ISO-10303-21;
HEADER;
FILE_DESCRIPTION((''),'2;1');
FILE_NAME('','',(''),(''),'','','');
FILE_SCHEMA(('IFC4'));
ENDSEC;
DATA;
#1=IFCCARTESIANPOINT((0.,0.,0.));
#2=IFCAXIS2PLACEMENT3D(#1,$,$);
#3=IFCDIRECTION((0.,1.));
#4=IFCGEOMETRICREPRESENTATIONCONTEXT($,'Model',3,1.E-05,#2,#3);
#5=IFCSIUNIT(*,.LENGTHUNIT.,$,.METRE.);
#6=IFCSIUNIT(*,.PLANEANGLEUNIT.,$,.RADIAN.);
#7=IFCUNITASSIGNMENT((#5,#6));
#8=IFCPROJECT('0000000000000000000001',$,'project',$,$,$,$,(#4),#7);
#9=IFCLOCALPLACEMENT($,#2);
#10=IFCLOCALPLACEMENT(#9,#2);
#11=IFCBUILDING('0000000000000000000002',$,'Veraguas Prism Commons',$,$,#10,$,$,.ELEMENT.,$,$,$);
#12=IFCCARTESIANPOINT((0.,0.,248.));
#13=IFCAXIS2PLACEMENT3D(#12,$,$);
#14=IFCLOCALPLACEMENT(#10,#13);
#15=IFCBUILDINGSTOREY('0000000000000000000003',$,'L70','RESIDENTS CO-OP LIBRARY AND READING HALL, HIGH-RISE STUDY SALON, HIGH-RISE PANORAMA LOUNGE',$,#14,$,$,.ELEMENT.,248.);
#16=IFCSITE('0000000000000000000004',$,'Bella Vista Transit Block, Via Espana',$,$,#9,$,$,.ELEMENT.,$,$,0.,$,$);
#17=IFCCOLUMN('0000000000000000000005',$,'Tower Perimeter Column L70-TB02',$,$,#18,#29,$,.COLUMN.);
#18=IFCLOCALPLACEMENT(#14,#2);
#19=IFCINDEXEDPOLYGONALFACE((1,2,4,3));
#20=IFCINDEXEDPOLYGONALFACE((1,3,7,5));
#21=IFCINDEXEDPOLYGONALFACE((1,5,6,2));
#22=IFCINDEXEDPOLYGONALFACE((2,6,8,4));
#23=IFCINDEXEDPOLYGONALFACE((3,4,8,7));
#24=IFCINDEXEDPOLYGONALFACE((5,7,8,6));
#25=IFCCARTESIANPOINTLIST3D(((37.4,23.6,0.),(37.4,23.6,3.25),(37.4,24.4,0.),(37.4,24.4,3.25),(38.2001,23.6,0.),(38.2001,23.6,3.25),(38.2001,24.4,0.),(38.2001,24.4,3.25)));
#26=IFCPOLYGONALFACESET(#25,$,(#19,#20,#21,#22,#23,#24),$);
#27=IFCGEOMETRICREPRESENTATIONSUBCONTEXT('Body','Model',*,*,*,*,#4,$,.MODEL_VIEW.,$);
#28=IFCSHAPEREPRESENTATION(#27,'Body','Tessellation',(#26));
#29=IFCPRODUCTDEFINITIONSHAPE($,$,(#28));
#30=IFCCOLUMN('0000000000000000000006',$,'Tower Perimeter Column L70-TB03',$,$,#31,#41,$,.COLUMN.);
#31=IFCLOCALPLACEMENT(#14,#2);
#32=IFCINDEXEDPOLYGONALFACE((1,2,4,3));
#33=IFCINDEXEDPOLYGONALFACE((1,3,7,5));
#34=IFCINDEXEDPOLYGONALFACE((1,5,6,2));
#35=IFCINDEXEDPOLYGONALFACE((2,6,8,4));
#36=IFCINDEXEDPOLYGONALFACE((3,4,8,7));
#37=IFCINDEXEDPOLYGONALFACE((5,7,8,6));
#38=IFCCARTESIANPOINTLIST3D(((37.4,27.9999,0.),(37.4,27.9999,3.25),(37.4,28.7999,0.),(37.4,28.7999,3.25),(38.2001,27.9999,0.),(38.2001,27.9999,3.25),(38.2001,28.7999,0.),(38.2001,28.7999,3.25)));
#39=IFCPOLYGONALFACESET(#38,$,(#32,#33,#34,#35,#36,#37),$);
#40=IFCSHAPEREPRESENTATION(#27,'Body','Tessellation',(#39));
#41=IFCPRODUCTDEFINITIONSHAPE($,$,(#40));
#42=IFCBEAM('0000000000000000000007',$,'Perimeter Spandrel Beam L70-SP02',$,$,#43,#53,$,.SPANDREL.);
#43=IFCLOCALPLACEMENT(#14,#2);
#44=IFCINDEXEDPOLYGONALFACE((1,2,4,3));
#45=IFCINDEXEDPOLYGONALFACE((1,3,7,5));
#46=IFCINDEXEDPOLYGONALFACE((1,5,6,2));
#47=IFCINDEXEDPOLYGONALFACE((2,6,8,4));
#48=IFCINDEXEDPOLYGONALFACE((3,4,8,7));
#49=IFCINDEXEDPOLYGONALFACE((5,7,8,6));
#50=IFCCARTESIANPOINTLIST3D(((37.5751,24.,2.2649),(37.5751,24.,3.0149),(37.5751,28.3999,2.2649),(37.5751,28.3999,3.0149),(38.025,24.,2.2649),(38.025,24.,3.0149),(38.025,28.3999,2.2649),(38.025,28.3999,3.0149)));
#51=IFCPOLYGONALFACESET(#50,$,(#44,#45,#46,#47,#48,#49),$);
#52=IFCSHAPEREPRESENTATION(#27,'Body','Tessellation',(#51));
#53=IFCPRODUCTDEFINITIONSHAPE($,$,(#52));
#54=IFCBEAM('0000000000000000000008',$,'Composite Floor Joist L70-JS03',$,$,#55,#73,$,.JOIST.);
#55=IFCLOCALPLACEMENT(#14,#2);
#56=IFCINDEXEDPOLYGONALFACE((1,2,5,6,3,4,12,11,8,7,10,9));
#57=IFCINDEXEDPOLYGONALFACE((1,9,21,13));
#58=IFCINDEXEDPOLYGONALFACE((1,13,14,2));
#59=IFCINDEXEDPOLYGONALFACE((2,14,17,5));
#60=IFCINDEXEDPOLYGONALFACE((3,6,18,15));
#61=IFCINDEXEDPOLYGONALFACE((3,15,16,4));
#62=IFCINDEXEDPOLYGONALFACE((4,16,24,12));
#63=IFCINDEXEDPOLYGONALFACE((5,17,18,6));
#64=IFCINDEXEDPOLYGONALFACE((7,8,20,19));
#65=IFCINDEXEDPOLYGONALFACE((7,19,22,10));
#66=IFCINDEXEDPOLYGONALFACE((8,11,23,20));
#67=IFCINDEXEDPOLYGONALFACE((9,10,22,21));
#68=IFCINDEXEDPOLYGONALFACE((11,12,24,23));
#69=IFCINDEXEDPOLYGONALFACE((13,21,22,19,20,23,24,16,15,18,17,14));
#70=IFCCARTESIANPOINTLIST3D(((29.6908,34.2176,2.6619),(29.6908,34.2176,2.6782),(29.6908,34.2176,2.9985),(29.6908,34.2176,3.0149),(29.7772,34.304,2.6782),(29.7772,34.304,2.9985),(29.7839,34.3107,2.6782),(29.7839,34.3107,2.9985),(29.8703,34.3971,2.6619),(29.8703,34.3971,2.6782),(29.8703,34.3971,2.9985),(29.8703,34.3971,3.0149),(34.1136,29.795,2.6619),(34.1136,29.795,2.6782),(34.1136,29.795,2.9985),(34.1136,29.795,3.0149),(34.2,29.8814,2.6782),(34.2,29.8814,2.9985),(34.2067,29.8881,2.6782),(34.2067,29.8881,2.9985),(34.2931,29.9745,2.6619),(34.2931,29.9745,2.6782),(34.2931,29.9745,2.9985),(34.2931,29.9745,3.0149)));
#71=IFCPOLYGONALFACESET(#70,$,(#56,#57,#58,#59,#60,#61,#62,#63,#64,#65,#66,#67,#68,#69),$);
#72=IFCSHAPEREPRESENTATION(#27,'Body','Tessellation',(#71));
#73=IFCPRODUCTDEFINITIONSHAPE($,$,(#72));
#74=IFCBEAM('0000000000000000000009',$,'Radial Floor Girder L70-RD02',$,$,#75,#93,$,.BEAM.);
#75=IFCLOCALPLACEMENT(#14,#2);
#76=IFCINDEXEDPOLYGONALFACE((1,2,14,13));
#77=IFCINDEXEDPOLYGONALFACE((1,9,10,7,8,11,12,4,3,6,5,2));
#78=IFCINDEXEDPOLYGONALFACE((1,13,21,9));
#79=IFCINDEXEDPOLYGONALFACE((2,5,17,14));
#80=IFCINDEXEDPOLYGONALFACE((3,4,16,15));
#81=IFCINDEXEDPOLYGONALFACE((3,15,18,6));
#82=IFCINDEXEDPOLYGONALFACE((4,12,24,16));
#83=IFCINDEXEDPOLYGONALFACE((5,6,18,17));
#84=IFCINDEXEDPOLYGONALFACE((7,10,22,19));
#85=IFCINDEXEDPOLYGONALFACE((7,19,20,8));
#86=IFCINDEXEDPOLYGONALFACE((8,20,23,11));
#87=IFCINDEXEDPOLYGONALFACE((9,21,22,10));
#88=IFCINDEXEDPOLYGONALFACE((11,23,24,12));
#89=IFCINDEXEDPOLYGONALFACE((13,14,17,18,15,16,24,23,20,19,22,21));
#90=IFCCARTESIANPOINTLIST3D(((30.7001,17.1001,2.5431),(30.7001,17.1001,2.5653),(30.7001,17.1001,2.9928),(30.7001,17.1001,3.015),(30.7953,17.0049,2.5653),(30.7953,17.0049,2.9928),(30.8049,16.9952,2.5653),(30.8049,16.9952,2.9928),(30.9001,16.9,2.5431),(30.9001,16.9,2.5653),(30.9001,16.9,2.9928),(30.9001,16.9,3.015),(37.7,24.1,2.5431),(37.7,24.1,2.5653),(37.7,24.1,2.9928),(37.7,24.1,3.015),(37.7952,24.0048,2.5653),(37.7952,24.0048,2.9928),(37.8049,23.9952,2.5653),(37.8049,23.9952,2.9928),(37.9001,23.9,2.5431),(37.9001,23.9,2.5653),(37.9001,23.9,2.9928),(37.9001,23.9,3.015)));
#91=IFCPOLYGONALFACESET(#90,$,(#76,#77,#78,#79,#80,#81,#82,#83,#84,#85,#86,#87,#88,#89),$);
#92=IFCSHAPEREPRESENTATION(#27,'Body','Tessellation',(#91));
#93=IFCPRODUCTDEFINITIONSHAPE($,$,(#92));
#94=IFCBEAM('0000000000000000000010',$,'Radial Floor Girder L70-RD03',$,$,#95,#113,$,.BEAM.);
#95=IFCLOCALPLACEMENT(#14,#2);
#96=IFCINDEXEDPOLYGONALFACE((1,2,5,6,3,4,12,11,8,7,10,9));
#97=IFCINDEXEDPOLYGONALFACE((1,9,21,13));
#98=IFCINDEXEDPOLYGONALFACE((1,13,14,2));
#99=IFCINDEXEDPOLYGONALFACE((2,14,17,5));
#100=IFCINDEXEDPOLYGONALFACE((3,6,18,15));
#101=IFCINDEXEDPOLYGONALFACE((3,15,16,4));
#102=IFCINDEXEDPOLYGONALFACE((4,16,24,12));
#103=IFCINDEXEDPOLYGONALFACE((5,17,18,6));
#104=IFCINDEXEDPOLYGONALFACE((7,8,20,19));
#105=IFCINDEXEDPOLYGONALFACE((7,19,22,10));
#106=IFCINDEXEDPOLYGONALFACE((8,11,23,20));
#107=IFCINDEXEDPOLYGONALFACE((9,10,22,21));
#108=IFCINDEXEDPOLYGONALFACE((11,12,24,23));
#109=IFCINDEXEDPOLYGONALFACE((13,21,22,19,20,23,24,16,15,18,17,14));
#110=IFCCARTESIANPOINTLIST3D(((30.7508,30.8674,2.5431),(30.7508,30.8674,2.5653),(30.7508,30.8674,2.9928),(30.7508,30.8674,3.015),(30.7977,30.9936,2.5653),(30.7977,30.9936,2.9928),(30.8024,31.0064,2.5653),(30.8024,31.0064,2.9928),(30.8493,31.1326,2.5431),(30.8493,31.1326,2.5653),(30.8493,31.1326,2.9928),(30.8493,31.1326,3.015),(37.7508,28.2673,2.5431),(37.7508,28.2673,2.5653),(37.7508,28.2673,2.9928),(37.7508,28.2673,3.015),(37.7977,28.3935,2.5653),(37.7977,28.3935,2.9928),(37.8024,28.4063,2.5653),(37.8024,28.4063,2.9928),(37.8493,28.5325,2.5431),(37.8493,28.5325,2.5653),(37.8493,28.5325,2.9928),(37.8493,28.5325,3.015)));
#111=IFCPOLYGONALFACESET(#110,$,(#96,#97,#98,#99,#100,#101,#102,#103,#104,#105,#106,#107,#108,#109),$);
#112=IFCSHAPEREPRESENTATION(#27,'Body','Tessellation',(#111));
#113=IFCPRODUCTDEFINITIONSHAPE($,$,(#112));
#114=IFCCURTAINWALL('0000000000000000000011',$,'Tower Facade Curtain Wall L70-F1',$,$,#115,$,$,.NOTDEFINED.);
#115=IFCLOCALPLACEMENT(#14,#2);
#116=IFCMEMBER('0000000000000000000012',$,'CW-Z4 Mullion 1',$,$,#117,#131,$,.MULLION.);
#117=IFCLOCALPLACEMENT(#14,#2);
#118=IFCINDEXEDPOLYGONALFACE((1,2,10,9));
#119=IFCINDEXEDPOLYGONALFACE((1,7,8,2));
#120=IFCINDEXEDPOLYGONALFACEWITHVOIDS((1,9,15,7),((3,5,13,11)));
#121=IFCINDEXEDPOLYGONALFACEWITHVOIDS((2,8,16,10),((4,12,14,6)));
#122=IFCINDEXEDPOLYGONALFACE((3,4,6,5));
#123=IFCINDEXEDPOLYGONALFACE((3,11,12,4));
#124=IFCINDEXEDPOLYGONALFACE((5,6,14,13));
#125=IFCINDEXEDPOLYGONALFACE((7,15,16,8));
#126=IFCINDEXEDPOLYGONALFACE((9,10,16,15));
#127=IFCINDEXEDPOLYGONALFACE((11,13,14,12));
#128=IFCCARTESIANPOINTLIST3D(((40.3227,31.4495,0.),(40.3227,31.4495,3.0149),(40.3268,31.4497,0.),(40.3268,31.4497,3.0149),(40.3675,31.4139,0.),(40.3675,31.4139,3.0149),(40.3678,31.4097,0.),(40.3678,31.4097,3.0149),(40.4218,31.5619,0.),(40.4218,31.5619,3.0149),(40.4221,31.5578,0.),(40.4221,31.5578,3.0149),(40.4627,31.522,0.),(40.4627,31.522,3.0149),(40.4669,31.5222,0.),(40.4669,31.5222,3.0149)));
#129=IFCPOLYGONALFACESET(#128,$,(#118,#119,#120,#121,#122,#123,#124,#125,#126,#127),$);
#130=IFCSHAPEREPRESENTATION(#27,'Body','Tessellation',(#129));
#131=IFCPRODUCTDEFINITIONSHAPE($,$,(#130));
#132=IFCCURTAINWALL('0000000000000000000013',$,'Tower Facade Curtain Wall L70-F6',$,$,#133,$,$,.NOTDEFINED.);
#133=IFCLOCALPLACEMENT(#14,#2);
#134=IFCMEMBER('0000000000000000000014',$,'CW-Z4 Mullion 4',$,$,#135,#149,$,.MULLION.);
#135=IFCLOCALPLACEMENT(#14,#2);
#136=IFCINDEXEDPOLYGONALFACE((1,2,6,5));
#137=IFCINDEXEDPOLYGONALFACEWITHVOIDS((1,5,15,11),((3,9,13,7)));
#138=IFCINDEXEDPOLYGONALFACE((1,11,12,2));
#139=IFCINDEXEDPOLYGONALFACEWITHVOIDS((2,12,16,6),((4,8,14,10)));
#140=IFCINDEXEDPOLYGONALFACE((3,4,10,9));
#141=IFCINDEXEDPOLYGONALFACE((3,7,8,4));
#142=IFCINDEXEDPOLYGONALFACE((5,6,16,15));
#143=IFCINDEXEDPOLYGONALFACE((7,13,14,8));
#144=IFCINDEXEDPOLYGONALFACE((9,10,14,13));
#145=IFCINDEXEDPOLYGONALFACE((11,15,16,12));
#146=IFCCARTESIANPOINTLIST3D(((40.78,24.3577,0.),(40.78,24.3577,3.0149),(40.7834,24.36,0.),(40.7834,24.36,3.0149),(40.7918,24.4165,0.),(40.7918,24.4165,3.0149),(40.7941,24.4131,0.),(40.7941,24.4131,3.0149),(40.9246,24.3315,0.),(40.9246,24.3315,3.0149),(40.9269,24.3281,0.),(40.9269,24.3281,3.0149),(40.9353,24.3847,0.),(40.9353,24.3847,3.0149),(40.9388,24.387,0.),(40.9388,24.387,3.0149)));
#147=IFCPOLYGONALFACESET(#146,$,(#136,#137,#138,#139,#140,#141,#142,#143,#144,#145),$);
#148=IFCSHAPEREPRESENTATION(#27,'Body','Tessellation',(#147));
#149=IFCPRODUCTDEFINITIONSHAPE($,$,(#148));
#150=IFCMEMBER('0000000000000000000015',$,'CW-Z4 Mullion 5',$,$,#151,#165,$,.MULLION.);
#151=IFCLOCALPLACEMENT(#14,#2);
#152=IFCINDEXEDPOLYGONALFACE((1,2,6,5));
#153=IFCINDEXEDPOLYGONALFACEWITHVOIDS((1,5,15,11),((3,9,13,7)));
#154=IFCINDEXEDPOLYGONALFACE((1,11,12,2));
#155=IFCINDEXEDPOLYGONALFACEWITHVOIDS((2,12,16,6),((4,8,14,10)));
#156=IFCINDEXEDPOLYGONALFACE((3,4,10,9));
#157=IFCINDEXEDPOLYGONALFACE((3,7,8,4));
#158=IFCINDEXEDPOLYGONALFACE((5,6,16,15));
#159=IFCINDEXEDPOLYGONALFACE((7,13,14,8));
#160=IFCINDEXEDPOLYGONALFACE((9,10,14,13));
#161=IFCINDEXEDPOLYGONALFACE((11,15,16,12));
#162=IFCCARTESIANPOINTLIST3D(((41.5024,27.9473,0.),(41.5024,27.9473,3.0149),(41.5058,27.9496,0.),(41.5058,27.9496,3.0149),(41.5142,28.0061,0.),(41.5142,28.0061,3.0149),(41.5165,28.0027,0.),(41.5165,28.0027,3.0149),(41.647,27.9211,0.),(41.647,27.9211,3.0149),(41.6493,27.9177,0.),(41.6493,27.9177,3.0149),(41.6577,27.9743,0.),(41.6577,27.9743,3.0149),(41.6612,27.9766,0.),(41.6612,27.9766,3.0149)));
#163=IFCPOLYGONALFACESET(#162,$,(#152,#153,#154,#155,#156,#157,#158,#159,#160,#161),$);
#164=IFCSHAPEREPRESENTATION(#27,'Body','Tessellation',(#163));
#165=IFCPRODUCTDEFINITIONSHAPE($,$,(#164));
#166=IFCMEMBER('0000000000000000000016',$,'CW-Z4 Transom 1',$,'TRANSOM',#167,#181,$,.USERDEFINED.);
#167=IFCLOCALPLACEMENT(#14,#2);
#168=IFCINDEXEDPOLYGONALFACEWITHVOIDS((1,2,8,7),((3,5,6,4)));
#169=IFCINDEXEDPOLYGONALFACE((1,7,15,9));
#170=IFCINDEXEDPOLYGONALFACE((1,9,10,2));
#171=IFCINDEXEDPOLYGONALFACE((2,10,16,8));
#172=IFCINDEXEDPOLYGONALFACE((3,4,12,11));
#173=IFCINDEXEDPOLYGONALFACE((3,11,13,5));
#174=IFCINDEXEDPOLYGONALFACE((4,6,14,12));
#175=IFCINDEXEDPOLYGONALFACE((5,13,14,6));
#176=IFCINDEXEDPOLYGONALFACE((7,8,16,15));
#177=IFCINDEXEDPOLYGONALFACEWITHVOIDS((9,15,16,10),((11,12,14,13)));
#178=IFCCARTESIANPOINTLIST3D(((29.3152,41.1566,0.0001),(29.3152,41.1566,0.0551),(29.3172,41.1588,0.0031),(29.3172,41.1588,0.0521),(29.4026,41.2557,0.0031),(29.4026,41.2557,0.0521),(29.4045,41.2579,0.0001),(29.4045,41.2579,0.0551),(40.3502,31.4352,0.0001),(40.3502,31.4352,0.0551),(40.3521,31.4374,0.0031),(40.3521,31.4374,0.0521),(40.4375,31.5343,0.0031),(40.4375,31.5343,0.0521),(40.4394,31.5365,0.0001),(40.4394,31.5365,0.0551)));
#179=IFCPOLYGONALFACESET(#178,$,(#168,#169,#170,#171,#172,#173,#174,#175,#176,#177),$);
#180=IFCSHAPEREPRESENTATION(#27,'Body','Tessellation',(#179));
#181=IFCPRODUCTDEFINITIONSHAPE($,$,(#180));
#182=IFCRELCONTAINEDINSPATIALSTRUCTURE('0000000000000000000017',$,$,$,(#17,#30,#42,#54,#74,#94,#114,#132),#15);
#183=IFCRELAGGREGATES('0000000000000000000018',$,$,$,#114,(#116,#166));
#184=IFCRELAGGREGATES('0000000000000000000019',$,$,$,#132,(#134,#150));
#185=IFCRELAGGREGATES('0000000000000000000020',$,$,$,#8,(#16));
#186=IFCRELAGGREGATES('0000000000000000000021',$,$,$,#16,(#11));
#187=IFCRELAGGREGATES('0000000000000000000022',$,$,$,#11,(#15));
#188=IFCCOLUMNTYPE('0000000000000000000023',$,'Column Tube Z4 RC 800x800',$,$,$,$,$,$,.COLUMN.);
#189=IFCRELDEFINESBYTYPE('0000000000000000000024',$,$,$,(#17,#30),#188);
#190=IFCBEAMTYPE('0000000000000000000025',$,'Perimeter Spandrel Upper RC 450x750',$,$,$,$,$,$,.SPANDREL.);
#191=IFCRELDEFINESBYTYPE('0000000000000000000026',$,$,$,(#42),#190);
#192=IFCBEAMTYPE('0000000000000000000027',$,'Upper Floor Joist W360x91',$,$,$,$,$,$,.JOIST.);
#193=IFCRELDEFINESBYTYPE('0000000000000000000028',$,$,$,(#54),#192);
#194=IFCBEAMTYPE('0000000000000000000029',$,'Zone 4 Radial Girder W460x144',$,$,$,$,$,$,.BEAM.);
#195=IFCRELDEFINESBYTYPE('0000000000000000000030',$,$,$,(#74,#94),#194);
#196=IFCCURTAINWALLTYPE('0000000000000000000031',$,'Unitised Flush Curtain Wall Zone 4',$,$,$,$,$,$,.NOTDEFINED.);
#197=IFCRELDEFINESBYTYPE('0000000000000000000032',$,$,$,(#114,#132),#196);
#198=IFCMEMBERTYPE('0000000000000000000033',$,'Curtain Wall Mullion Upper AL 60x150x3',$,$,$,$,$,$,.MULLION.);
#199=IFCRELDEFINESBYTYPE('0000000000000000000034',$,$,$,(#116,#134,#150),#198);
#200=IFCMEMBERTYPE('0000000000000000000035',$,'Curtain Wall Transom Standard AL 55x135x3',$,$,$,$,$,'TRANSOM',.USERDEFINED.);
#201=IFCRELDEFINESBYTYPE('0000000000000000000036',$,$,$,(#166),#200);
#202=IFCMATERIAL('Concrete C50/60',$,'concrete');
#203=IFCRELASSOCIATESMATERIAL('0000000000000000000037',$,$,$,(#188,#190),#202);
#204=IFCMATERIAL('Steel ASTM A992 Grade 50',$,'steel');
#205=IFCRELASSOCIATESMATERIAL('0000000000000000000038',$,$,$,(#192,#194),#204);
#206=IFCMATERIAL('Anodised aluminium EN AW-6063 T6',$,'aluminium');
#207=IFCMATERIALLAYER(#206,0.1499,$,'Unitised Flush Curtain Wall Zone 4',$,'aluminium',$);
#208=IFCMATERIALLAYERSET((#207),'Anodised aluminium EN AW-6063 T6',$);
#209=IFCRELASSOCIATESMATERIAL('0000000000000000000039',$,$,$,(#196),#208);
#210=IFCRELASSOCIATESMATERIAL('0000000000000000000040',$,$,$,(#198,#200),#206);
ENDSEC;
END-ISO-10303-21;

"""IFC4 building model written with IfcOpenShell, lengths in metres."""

from ifc_helpers import new_model, si_unit, direction, frame, origin, origin_2d, place, context, subcontext, project, spatial, rectangle, hollow_rectangle, i_section, extrude, source, transform, mapped, material, layer, layer_set, material_profile, profile_set, type_object, element, aggregate, save


model = new_model("IFC4")

# Units and contexts
model_context = context("Model", 3, precision=1e-05, world=origin(), true_north=direction((0.0, 1.0)))
body_context = subcontext(model_context, "Body", "Model", "MODEL_VIEW")
ifc_project = project(units=[si_unit("LENGTHUNIT", "METRE"), si_unit("PLANEANGLEUNIT", "RADIAN")], contexts=[model_context])

# Site, building, storey
site_placement = place(None, origin())
site = spatial("IfcSite", under=ifc_project, at=site_placement, Name="Bella Vista Transit Block, Via Espana", CompositionType="ELEMENT", RefElevation=0.0)
building_placement = place(site_placement, origin())
building = spatial("IfcBuilding", under=site, at=building_placement, Name="Veraguas Prism Commons", CompositionType="ELEMENT")
storey_placement = place(building_placement, frame((0.0, 0.0, 248.0)))
storey = spatial("IfcBuildingStorey", under=building, at=storey_placement, Name="L70", Description="RESIDENTS CO-OP LIBRARY AND READING HALL, HIGH-RISE STUDY SALON, HIGH-RISE PANORAMA LOUNGE", CompositionType="ELEMENT", Elevation=248.0)

# Columns
ifc_material_1 = material(Name="Concrete C50/60", Category="concrete")
ifc_material_profile_1 = material_profile(ifc_material_1, rectangle(XDim=0.8, YDim=0.8, at=origin_2d()), Name="RC800X800")
ifc_profile_set_1 = profile_set([ifc_material_profile_1], Name="Concrete C50/60")
column_type = type_object("IfcColumnType", Name="Column Tube Z4 RC 800x800", PredefinedType="COLUMN", material=ifc_profile_set_1)
for number, where, z_axis, x_axis, name in (
    (1, (37.8, 24.0, 0.0), (0.0, 0.0, 1.0), (1.0, 0.0, 0.0), "Tower Perimeter Column L70-TB02"),
    (2, (37.8, 28.3999, 0.0), (0.0, 0.0, 1.0), (1.0, 0.0, 0.0), "Tower Perimeter Column L70-TB03"),
):
    element("IfcColumn", number, at=place(storey_placement, frame(where, z_axis=z_axis, x_axis=x_axis)), inside=storey, type_object=column_type, Name=name, PredefinedType="COLUMN", context=body_context, shape_type="SweptSolid", body=[
        extrude(rectangle(XDim=0.8, YDim=0.8, at=origin_2d()), origin(), (0.0, 0.0, 1.0), 3.25),
    ])

# Beams
ifc_material_profile_2 = material_profile(ifc_material_1, rectangle(XDim=0.45, YDim=0.75, at=origin_2d()), Name="RC450X750")
ifc_profile_set_2 = profile_set([ifc_material_profile_2], Name="Concrete C50/60")
beam_type_1 = type_object("IfcBeamType", Name="Perimeter Spandrel Upper RC 450x750", PredefinedType="SPANDREL", material=ifc_profile_set_2)
beam_1_placement = place(storey_placement, frame((37.8, 24.0, 2.6399), z_axis=(0.0, 1.0, 0.0), x_axis=(-1.0, 0.0, 0.0)))
element("IfcBeam", 3, at=beam_1_placement, inside=storey, type_object=beam_type_1, Name="Perimeter Spandrel Beam L70-SP02", PredefinedType="SPANDREL", context=body_context, shape_type="SweptSolid", body=[
    extrude(rectangle(XDim=0.45, YDim=0.75, at=origin_2d()), origin(), (0.0, 0.0, 1.0), 4.3999),
])
ifc_material_2 = material(Name="Steel ASTM A992 Grade 50", Category="steel")
ifc_material_profile_3 = material_profile(ifc_material_2, i_section(OverallWidth=0.2539, OverallDepth=0.353, WebThickness=0.0095, FlangeThickness=0.0164, at=origin_2d()), Name="W360X91")
ifc_profile_set_3 = profile_set([ifc_material_profile_3], Name="Steel ASTM A992 Grade 50")
beam_type_2 = type_object("IfcBeamType", Name="Upper Floor Joist W360x91", PredefinedType="JOIST", material=ifc_profile_set_3)
beam_2_placement = place(storey_placement, frame((34.2034, 29.8848, 2.8384), z_axis=(-0.707126, 0.707087, 0.0), x_axis=(-0.707087, -0.707126, 0.0)))
element("IfcBeam", 4, at=beam_2_placement, inside=storey, type_object=beam_type_2, Name="Composite Floor Joist L70-JS03", PredefinedType="JOIST", context=body_context, shape_type="SweptSolid", body=[
    extrude(i_section(OverallWidth=0.2539, OverallDepth=0.353, WebThickness=0.0095, FlangeThickness=0.0164, at=origin_2d()), origin(), (0.0, 0.0, 1.0), 6.2546),
])
ifc_material_profile_4 = material_profile(ifc_material_2, i_section(OverallWidth=0.283, OverallDepth=0.4719, WebThickness=0.0137, FlangeThickness=0.0222, at=origin_2d()), Name="W460X144")
ifc_profile_set_4 = profile_set([ifc_material_profile_4], Name="Steel ASTM A992 Grade 50")
beam_type_3 = type_object("IfcBeamType", Name="Zone 4 Radial Girder W460x144", PredefinedType="BEAM", material=ifc_profile_set_4)
beam_3_placement = place(storey_placement, frame((37.8, 24.0, 2.7791), z_axis=(-0.707107, -0.707107, 0.0), x_axis=(0.707107, -0.707107, 0.0)))
element("IfcBeam", 5, at=beam_3_placement, inside=storey, type_object=beam_type_3, Name="Radial Floor Girder L70-RD02", PredefinedType="BEAM", context=body_context, shape_type="SweptSolid", body=[
    extrude(i_section(OverallWidth=0.283, OverallDepth=0.4719, WebThickness=0.0137, FlangeThickness=0.0222, at=origin_2d()), origin(), (0.0, 0.0, 1.0), 9.8994),
])
beam_4_placement = place(storey_placement, frame((37.8, 28.3999, 2.7791), z_axis=(-0.937421, 0.348198, 0.0), x_axis=(-0.348198, -0.937421, 0.0)))
element("IfcBeam", 6, at=beam_4_placement, inside=storey, type_object=beam_type_3, Name="Radial Floor Girder L70-RD03", PredefinedType="BEAM", context=body_context, shape_type="SweptSolid", body=[
    extrude(i_section(OverallWidth=0.283, OverallDepth=0.4719, WebThickness=0.0137, FlangeThickness=0.0222, at=origin_2d()), origin(), (0.0, 0.0, 1.0), 7.4673),
])

# Curtain wall, member
ifc_material_3 = material(Name="Anodised aluminium EN AW-6063 T6", Category="aluminium")
ifc_layer_1 = layer(ifc_material_3, 0.1499, Name="Unitised Flush Curtain Wall Zone 4", Category="aluminium")
ifc_layer_set_1 = layer_set([ifc_layer_1], Name="Anodised aluminium EN AW-6063 T6")
curtain_wall_type = type_object("IfcCurtainWallType", Name="Unitised Flush Curtain Wall Zone 4", PredefinedType="NOTDEFINED", material=ifc_layer_set_1)
curtain_wall_1_placement = place(storey_placement, origin())
curtain_wall_1 = element("IfcCurtainWall", 7, at=curtain_wall_1_placement, inside=storey, type_object=curtain_wall_type, Name="Tower Facade Curtain Wall L70-F1", PredefinedType="NOTDEFINED")
ifc_material_profile_5 = material_profile(ifc_material_3, hollow_rectangle(XDim=0.0601, YDim=0.1499, WallThickness=0.0029, at=origin_2d()), Name="AL60X150X3")
ifc_profile_set_5 = profile_set([ifc_material_profile_5], Name="Anodised aluminium EN AW-6063 T6")
member_type_1 = type_object("IfcMemberType", Name="Curtain Wall Mullion Upper AL 60x150x3", PredefinedType="MULLION", material=ifc_profile_set_5)
shared_shape_1 = source(origin(), body_context, "Body", "SweptSolid", [
    extrude(hollow_rectangle(XDim=0.0601, YDim=0.1499, WallThickness=0.0029, at=origin_2d()), origin(), (0.0, 0.0, 1.0), 3.0149),
])
member_1_placement = place(storey_placement, frame((40.3948, 31.4858, 0.0), z_axis=(0.0, 0.0, 1.0), x_axis=(-0.750348, 0.661043, 0.0)))
member_1 = element("IfcMember", 8, at=member_1_placement, type_object=member_type_1, Name="CW-Z4 Mullion 1", PredefinedType="MULLION", context=body_context, shape_type="MappedRepresentation", body=[
    mapped(shared_shape_1, transform((0.0, 0.0, 0.0), scale=1.0)),
])

# Curtain wall, members
curtain_wall_2_placement = place(storey_placement, origin())
curtain_wall_2 = element("IfcCurtainWall", 9, at=curtain_wall_2_placement, inside=storey, type_object=curtain_wall_type, Name="Tower Facade Curtain Wall L70-F6", PredefinedType="NOTDEFINED")
member_2_placement = place(storey_placement, frame((40.8594, 24.3723, 0.0), z_axis=(0.0, 0.0, 1.0), x_axis=(0.197319, 0.980339, 0.0)))
member_2 = element("IfcMember", 10, at=member_2_placement, type_object=member_type_1, Name="CW-Z4 Mullion 4", PredefinedType="MULLION", context=body_context, shape_type="MappedRepresentation", body=[
    mapped(shared_shape_1, transform((0.0, 0.0, 0.0), scale=1.0)),
])
member_3_placement = place(storey_placement, frame((41.5818, 27.9619, 0.0), z_axis=(0.0, 0.0, 1.0), x_axis=(0.197319, 0.980339, 0.0)))
member_3 = element("IfcMember", 11, at=member_3_placement, type_object=member_type_1, Name="CW-Z4 Mullion 5", PredefinedType="MULLION", context=body_context, shape_type="MappedRepresentation", body=[
    mapped(shared_shape_1, transform((0.0, 0.0, 0.0), scale=1.0)),
])

# Member
ifc_material_profile_6 = material_profile(ifc_material_3, hollow_rectangle(XDim=0.0549, YDim=0.135, WallThickness=0.0029, at=origin_2d()), Name="AL55X135X3")
ifc_profile_set_6 = profile_set([ifc_material_profile_6], Name="Anodised aluminium EN AW-6063 T6")
member_type_2 = type_object("IfcMemberType", Name="Curtain Wall Transom Standard AL 55x135x3", ElementType="TRANSOM", PredefinedType="USERDEFINED", material=ifc_profile_set_6)
shared_shape_2 = source(origin(), body_context, "Body", "SweptSolid", [
    extrude(hollow_rectangle(XDim=0.0549, YDim=0.135, WallThickness=0.0029, at=origin_2d()), origin(), (0.0, 0.0, 1.0), 14.7063),
])
member_4_placement = place(storey_placement, frame((40.3948, 31.4858, 0.0276), z_axis=(-0.750352, 0.661038, 0.0), x_axis=(0.0, 0.0, 1.0)))
member_4 = element("IfcMember", 12, at=member_4_placement, type_object=member_type_2, Name="CW-Z4 Transom 1", ObjectType="TRANSOM", PredefinedType="USERDEFINED", context=body_context, shape_type="MappedRepresentation", body=[
    mapped(shared_shape_2, transform((0.0, 0.0, 0.0), scale=1.0)),
])

aggregate(curtain_wall_1, [member_1, member_4])
aggregate(curtain_wall_2, [member_2, member_3])

save(model, "model.ifc")
